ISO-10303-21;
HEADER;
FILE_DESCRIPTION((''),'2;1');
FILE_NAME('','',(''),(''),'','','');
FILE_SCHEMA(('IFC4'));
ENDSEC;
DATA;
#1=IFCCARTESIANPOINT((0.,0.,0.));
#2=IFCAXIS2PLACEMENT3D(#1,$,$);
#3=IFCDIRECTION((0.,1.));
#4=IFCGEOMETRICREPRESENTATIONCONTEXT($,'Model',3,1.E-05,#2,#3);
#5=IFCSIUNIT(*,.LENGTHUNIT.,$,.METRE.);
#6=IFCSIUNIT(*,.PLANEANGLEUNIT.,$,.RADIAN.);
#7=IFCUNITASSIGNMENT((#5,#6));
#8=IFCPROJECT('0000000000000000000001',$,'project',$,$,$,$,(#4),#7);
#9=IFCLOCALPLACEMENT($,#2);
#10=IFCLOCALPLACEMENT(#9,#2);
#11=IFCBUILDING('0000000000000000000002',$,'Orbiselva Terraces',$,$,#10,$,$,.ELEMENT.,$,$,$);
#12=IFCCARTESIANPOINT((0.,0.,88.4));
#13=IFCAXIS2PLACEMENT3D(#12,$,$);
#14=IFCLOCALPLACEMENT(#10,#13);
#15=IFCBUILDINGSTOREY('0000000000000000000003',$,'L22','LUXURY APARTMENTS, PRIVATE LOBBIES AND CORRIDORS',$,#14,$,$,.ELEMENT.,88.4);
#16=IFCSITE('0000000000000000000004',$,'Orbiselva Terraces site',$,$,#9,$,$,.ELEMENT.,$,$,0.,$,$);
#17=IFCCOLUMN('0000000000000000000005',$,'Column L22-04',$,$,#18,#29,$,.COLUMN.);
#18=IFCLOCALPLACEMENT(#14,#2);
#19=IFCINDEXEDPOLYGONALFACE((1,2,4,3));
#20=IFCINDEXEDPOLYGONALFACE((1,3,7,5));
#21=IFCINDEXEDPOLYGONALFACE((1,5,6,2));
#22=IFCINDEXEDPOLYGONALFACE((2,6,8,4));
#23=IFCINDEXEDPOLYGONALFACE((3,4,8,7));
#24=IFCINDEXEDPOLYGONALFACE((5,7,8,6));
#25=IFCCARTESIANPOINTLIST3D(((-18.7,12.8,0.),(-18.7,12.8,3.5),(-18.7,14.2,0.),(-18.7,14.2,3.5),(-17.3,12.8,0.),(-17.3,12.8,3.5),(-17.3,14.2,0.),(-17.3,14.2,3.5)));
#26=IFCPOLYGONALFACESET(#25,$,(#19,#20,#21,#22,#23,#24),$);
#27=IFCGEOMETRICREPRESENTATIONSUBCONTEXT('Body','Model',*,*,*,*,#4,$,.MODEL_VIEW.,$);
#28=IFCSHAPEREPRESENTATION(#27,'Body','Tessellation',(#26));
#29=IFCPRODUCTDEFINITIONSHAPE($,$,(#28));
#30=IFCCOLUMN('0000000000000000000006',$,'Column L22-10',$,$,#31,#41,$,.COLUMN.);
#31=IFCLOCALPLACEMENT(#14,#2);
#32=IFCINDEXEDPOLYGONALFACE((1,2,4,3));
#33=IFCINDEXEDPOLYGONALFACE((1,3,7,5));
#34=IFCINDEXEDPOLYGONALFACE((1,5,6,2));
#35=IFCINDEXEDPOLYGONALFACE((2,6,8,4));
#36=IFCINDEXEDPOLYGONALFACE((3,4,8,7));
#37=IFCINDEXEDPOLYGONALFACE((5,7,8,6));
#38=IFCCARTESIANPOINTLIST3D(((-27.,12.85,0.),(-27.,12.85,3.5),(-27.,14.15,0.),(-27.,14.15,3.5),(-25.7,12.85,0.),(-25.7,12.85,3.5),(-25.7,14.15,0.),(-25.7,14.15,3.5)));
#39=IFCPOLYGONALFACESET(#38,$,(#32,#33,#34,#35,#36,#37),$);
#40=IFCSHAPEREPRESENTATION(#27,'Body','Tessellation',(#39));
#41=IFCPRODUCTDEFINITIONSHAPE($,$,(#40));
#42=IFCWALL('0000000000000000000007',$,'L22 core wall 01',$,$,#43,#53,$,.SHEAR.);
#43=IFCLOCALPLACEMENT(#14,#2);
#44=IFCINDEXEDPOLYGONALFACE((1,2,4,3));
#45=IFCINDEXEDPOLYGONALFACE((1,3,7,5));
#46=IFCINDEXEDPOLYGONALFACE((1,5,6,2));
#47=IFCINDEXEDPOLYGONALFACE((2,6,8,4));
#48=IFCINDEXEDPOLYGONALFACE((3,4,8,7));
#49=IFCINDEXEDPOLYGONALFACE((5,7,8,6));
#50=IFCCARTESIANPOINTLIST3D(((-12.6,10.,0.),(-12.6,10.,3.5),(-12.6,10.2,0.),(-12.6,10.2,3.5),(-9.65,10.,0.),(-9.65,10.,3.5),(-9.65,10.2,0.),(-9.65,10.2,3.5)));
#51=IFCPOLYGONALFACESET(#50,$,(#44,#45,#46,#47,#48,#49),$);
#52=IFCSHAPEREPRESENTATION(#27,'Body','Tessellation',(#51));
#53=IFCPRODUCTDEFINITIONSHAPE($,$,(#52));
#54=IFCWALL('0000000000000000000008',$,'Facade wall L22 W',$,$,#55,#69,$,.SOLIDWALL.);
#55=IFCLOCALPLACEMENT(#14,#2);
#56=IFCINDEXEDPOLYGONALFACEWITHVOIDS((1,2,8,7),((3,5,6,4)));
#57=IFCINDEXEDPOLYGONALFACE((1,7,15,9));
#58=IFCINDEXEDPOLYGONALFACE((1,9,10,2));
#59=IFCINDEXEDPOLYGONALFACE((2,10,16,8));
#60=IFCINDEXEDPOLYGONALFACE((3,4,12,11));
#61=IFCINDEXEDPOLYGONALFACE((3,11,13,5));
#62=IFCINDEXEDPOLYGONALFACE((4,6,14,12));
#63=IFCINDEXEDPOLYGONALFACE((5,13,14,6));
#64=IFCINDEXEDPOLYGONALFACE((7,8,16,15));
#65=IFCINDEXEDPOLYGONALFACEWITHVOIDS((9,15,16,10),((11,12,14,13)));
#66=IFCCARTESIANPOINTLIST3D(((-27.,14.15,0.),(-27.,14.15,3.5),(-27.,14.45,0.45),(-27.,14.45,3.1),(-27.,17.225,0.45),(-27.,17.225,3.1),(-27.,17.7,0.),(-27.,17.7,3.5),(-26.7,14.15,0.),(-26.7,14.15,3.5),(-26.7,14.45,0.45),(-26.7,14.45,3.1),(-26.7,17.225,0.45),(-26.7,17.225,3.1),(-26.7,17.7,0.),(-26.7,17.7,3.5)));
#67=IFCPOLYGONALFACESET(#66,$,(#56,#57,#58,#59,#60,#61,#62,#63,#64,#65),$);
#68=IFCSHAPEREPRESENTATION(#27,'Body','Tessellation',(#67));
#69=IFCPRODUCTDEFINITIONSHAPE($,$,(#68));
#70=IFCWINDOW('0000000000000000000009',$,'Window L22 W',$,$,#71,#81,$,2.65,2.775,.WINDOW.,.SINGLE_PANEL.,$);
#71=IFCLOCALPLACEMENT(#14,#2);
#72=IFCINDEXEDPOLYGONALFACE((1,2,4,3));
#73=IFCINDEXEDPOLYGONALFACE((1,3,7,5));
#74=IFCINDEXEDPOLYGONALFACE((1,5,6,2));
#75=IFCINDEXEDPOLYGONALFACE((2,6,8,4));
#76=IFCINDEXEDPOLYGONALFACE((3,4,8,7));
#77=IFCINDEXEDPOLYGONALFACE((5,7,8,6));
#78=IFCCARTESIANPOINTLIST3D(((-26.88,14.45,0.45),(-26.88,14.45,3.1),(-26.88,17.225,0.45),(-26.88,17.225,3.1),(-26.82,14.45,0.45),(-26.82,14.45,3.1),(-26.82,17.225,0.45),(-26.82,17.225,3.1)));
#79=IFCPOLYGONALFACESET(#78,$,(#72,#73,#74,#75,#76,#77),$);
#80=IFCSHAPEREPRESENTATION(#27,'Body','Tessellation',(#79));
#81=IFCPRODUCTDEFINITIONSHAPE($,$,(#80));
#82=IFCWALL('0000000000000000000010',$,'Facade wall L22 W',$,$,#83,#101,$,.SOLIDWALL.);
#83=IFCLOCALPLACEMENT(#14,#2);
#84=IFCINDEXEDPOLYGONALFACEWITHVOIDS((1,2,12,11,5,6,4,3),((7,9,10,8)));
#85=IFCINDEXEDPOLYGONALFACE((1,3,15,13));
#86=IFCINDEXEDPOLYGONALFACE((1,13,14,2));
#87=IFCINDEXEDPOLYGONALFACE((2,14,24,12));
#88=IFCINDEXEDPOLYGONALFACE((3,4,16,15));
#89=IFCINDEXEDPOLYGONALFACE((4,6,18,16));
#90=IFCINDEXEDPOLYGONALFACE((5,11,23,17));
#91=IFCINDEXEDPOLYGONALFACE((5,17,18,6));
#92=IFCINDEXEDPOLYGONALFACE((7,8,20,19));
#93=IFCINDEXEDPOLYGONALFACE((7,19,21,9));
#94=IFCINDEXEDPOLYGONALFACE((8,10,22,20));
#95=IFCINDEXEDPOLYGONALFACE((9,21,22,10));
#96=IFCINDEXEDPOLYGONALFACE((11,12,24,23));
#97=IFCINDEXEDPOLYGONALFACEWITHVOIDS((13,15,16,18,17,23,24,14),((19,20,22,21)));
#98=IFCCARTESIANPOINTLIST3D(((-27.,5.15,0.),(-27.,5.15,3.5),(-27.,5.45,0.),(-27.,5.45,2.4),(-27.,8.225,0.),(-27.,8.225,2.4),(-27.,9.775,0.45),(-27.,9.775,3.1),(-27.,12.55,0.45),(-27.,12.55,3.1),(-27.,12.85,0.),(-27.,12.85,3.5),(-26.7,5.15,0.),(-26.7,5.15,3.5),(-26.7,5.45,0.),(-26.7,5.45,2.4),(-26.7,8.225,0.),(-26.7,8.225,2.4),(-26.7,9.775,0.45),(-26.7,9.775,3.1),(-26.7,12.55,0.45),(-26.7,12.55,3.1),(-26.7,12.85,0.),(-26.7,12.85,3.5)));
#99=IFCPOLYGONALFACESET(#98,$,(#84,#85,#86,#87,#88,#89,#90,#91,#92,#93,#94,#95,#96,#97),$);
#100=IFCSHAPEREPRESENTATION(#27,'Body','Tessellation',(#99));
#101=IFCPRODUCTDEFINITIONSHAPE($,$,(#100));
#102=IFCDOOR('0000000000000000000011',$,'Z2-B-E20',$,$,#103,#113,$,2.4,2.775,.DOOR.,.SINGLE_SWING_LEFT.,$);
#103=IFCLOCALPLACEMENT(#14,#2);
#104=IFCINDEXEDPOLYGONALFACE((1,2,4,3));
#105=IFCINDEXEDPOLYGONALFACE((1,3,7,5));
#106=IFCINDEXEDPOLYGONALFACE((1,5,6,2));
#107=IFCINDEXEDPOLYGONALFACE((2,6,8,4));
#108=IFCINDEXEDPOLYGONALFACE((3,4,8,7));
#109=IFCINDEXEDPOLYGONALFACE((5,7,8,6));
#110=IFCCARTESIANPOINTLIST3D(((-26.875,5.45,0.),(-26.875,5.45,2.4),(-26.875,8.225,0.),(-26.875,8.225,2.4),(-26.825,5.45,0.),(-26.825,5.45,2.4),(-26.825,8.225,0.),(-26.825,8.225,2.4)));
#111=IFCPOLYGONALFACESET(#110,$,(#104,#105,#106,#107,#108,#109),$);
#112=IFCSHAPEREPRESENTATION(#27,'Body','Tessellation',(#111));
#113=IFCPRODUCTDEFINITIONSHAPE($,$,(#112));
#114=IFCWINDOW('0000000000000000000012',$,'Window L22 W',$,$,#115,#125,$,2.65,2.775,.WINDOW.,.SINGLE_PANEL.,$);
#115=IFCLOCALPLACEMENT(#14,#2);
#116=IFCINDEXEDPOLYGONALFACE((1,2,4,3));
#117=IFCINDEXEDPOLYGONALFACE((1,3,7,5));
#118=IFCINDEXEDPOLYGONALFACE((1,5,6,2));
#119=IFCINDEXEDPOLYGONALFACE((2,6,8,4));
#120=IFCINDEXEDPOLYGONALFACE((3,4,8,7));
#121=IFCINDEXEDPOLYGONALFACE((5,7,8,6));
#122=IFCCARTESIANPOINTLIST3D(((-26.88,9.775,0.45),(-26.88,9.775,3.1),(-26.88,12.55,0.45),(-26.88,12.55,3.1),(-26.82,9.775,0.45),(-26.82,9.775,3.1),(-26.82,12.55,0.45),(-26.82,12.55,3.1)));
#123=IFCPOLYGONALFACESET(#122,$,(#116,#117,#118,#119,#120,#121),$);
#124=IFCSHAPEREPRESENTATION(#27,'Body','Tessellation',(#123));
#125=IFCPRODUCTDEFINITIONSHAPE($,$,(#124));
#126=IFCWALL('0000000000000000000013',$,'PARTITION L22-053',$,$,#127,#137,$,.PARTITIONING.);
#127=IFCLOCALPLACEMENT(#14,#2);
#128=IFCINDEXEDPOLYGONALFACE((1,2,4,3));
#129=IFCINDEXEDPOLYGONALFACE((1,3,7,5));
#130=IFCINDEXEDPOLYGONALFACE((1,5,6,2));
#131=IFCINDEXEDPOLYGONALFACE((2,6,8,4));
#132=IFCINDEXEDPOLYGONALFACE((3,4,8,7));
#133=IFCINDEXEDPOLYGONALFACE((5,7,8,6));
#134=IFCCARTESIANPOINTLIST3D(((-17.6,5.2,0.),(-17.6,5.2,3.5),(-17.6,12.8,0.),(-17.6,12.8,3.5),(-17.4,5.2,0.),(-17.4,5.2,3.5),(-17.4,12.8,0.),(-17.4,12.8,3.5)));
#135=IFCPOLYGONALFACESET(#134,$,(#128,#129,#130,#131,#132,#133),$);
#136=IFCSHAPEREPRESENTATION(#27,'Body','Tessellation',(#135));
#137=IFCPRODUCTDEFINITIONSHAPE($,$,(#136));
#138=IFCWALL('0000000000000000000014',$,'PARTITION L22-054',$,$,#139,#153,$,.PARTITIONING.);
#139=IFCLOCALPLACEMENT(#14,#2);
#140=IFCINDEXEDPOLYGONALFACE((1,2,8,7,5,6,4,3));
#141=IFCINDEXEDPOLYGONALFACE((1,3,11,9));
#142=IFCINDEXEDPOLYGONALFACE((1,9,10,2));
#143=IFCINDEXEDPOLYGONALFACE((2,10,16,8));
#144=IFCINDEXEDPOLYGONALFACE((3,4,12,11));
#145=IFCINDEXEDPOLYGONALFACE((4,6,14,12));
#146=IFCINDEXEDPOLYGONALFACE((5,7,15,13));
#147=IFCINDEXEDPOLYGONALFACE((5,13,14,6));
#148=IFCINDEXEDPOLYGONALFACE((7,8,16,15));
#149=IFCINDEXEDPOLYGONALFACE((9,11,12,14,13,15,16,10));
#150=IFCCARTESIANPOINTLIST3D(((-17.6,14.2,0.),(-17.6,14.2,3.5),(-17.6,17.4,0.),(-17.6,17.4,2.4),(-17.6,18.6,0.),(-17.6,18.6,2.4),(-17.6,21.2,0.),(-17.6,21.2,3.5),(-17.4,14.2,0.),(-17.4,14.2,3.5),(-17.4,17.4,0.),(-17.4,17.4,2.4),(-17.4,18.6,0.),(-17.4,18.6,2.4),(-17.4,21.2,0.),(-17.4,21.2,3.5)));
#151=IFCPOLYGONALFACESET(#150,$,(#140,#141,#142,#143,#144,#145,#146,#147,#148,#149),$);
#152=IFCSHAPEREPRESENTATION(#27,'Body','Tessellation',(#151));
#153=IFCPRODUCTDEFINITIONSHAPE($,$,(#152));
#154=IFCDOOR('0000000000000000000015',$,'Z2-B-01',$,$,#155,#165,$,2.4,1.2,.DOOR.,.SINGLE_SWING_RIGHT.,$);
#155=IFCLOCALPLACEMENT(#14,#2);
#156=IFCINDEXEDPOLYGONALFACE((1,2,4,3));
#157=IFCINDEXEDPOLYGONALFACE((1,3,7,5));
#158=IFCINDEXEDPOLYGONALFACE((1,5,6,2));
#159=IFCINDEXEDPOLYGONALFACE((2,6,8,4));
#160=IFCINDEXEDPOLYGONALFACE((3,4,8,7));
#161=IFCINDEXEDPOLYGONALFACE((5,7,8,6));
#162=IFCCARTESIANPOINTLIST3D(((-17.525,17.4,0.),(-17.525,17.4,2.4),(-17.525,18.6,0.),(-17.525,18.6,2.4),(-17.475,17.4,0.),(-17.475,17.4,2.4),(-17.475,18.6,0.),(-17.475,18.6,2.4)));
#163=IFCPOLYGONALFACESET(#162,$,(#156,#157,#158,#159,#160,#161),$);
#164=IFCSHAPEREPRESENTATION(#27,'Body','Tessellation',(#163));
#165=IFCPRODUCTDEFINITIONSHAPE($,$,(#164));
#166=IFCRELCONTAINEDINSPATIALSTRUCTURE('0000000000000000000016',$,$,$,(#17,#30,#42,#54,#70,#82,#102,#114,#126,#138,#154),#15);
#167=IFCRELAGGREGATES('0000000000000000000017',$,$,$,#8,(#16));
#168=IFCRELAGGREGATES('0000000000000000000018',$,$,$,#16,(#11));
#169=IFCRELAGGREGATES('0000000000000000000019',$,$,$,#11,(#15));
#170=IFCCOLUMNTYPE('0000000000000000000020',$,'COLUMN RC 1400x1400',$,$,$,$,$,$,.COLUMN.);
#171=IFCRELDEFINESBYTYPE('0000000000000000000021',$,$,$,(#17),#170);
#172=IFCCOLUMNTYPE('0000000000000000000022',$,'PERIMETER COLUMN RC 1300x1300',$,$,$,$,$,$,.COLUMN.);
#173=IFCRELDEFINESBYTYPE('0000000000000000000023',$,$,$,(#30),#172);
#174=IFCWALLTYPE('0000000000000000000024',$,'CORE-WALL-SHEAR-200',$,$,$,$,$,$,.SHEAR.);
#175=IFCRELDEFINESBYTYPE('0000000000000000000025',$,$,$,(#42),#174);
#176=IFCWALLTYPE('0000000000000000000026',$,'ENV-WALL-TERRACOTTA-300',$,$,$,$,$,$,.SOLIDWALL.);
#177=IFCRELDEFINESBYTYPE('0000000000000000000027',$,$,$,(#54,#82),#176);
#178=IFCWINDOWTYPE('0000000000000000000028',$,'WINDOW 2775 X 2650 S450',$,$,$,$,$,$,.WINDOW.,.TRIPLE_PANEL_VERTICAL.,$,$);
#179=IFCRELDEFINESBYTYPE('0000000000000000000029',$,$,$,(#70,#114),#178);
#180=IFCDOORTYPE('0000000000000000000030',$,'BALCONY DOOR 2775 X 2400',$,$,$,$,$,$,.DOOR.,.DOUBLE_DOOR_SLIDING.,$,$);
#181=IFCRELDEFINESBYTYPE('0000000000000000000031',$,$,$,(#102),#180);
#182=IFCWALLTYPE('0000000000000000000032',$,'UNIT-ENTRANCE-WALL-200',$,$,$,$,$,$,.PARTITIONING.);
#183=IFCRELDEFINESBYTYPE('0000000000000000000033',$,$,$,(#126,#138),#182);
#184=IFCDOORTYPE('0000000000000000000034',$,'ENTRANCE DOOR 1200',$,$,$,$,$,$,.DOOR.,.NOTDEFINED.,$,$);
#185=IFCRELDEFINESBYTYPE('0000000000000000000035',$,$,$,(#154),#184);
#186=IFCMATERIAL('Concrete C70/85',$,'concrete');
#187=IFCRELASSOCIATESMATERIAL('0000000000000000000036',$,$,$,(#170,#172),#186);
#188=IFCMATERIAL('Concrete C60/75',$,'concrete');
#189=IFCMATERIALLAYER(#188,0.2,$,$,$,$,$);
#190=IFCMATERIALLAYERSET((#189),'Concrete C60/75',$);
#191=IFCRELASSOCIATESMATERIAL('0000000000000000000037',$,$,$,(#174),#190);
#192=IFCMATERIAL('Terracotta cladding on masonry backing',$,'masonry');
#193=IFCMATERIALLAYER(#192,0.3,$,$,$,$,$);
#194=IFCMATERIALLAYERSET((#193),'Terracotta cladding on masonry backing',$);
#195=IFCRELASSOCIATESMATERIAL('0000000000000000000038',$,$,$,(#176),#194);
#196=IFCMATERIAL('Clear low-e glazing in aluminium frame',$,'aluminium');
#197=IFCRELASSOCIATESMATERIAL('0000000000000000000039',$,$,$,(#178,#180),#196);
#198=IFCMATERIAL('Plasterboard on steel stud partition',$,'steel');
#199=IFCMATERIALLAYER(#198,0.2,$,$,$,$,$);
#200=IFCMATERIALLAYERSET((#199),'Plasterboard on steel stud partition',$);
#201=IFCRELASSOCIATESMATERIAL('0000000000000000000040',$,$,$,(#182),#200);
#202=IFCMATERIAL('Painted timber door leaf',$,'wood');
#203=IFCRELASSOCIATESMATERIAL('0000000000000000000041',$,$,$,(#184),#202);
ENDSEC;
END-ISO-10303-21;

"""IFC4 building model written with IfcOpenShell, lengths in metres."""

from ifc_helpers import new_model, si_unit, direction, frame, frame_2d, origin, origin_2d, place, context, subcontext, project, spatial, rectangle, extrude, material, layer, layer_set, material_profile, profile_set, type_object, element, fill, save


model = new_model("IFC4")

# Units and contexts
model_context = context("Model", 3, precision=1e-05, world=origin(), true_north=direction((0.0, 1.0)))
body_context = subcontext(model_context, "Body", "Model", "MODEL_VIEW")
ifc_project = project(units=[si_unit("LENGTHUNIT", "METRE"), si_unit("PLANEANGLEUNIT", "RADIAN")], contexts=[model_context])

# Site, building, storey
site_placement = place(None, origin())
site = spatial("IfcSite", under=ifc_project, at=site_placement, Name="Orbiselva Terraces site", CompositionType="ELEMENT", RefElevation=0.0)
building_placement = place(site_placement, origin())
building = spatial("IfcBuilding", under=site, at=building_placement, Name="Orbiselva Terraces", CompositionType="ELEMENT")
storey_placement = place(building_placement, frame((0.0, 0.0, 88.4)))
storey = spatial("IfcBuildingStorey", under=building, at=storey_placement, Name="L22", Description="LUXURY APARTMENTS, PRIVATE LOBBIES AND CORRIDORS", CompositionType="ELEMENT", Elevation=88.4)

# Columns
ifc_material_1 = material(Name="Concrete C70/85", Category="concrete")
ifc_material_profile_1 = material_profile(ifc_material_1, rectangle(XDim=1.4, YDim=1.4, at=origin_2d()), Name="RC 1400x1400")
ifc_profile_set_1 = profile_set([ifc_material_profile_1], Name="Concrete C70/85")
column_type_1 = type_object("IfcColumnType", Name="COLUMN RC 1400x1400", PredefinedType="COLUMN", material=ifc_profile_set_1)
column_1_placement = place(storey_placement, frame((-18.0, 13.5, 0.0), z_axis=(0.0, 0.0, 1.0), x_axis=(1.0, 0.0, 0.0)))
element("IfcColumn", 1, at=column_1_placement, inside=storey, type_object=column_type_1, Name="Column L22-04", PredefinedType="COLUMN", context=body_context, shape_type="SweptSolid", body=[
    extrude(rectangle(XDim=1.4, YDim=1.4, at=origin_2d()), origin(), (0.0, 0.0, 1.0), 3.5),
])
ifc_material_profile_2 = material_profile(ifc_material_1, rectangle(XDim=1.3, YDim=1.3, at=origin_2d()), Name="RC 1300x1300")
ifc_profile_set_2 = profile_set([ifc_material_profile_2], Name="Concrete C70/85")
column_type_2 = type_object("IfcColumnType", Name="PERIMETER COLUMN RC 1300x1300", PredefinedType="COLUMN", material=ifc_profile_set_2)
column_2_placement = place(storey_placement, frame((-26.35, 13.5, 0.0), z_axis=(0.0, 0.0, 1.0), x_axis=(1.0, 0.0, 0.0)))
element("IfcColumn", 2, at=column_2_placement, inside=storey, type_object=column_type_2, Name="Column L22-10", PredefinedType="COLUMN", context=body_context, shape_type="SweptSolid", body=[
    extrude(rectangle(XDim=1.3, YDim=1.3, at=origin_2d()), origin(), (0.0, 0.0, 1.0), 3.5),
])

# Wall
ifc_material_2 = material(Name="Concrete C60/75", Category="concrete")
ifc_layer_1 = layer(ifc_material_2, 0.2)
ifc_layer_set_1 = layer_set([ifc_layer_1], Name="Concrete C60/75")
wall_type_1 = type_object("IfcWallType", Name="CORE-WALL-SHEAR-200", PredefinedType="SHEAR", material=ifc_layer_set_1)
wall_1_placement = place(storey_placement, frame((-12.6, 10.1, 0.0), z_axis=(0.0, 0.0, 1.0), x_axis=(1.0, 0.0, 0.0)))
element("IfcWall", 3, at=wall_1_placement, inside=storey, type_object=wall_type_1, Name="L22 core wall 01", PredefinedType="SHEAR", context=body_context, shape_type="SweptSolid", body=[
    extrude(rectangle(XDim=2.95, YDim=0.2, at=frame_2d((1.475, 0.0))), origin(), (0.0, 0.0, 1.0), 3.5),
])

# Wall, opening, window
ifc_material_3 = material(Name="Terracotta cladding on masonry backing", Category="masonry")
ifc_layer_2 = layer(ifc_material_3, 0.3)
ifc_layer_set_2 = layer_set([ifc_layer_2], Name="Terracotta cladding on masonry backing")
wall_type_2 = type_object("IfcWallType", Name="ENV-WALL-TERRACOTTA-300", PredefinedType="SOLIDWALL", material=ifc_layer_set_2)
wall_2_placement = place(storey_placement, frame((-26.85, 14.15, 0.0), z_axis=(0.0, 0.0, 1.0), x_axis=(0.0, 1.0, 0.0)))
wall_2 = element("IfcWall", 4, at=wall_2_placement, inside=storey, type_object=wall_type_2, Name="Facade wall L22 W", PredefinedType="SOLIDWALL", context=body_context, shape_type="SweptSolid", body=[
    extrude(rectangle(XDim=3.55, YDim=0.3, at=frame_2d((1.775, 0.0))), origin(), (0.0, 0.0, 1.0), 3.5),
])
opening_1_placement = place(wall_2_placement, frame((0.3, 0.0, 0.45)))
opening_1 = element("IfcOpeningElement", 5, at=opening_1_placement, cuts=wall_2, PredefinedType="OPENING", context=body_context, shape_type="SweptSolid", body=[
    extrude(rectangle(XDim=2.775, YDim=2.65, at=frame_2d((1.3875, 1.325))), frame((0.0, 0.16, 0.0), z_axis=(0.0, -1.0, 0.0), x_axis=(1.0, 0.0, 0.0)), (0.0, 0.0, 1.0), 0.32),
])
ifc_material_4 = material(Name="Clear low-e glazing in aluminium frame", Category="aluminium")
window_type = type_object("IfcWindowType", Name="WINDOW 2775 X 2650 S450", PartitioningType="TRIPLE_PANEL_VERTICAL", PredefinedType="WINDOW", material=ifc_material_4)
window_1_placement = place(opening_1_placement, origin())
window_1 = element("IfcWindow", 6, at=window_1_placement, inside=storey, type_object=window_type, Name="Window L22 W", OverallHeight=2.65, OverallWidth=2.775, PartitioningType="SINGLE_PANEL", PredefinedType="WINDOW", context=body_context, shape_type="SweptSolid", body=[
    extrude(rectangle(XDim=2.775, YDim=2.65, at=frame_2d((1.3875, 1.325))), frame((0.0, 0.03, 0.0), z_axis=(0.0, -1.0, 0.0), x_axis=(1.0, 0.0, 0.0)), (0.0, 0.0, 1.0), 0.06),
])
fill(opening_1, window_1)

# Wall, openings, door, window
wall_3_placement = place(storey_placement, frame((-26.85, 5.15, 0.0), z_axis=(0.0, 0.0, 1.0), x_axis=(0.0, 1.0, 0.0)))
wall_3 = element("IfcWall", 7, at=wall_3_placement, inside=storey, type_object=wall_type_2, Name="Facade wall L22 W", PredefinedType="SOLIDWALL", context=body_context, shape_type="SweptSolid", body=[
    extrude(rectangle(XDim=7.7, YDim=0.3, at=frame_2d((3.85, 0.0))), origin(), (0.0, 0.0, 1.0), 3.5),
])
opening_2_placement = place(wall_3_placement, frame((4.625, 0.0, 0.45)))
opening_2 = element("IfcOpeningElement", 8, at=opening_2_placement, cuts=wall_3, PredefinedType="OPENING", context=body_context, shape_type="SweptSolid", body=[
    extrude(rectangle(XDim=2.775, YDim=2.65, at=frame_2d((1.3875, 1.325))), frame((0.0, 0.16, 0.0), z_axis=(0.0, -1.0, 0.0), x_axis=(1.0, 0.0, 0.0)), (0.0, 0.0, 1.0), 0.32),
])
opening_3_placement = place(wall_3_placement, frame((0.3, 0.0, 0.0)))
opening_3 = element("IfcOpeningElement", 9, at=opening_3_placement, cuts=wall_3, PredefinedType="OPENING", context=body_context, shape_type="SweptSolid", body=[
    extrude(rectangle(XDim=2.775, YDim=2.4, at=frame_2d((1.3875, 1.2))), frame((0.0, 0.16, 0.0), z_axis=(0.0, -1.0, 0.0), x_axis=(1.0, 0.0, 0.0)), (0.0, 0.0, 1.0), 0.32),
])
door_type_1 = type_object("IfcDoorType", Name="BALCONY DOOR 2775 X 2400", OperationType="DOUBLE_DOOR_SLIDING", PredefinedType="DOOR", material=ifc_material_4)
door_1_placement = place(opening_3_placement, origin())
door_1 = element("IfcDoor", 10, at=door_1_placement, inside=storey, type_object=door_type_1, Name="Z2-B-E20", OperationType="SINGLE_SWING_LEFT", OverallHeight=2.4, OverallWidth=2.775, PredefinedType="DOOR", context=body_context, shape_type="SweptSolid", body=[
    extrude(rectangle(XDim=2.775, YDim=2.4, at=frame_2d((1.3875, 1.2))), frame((0.0, 0.025, 0.0), z_axis=(0.0, -1.0, 0.0), x_axis=(1.0, 0.0, 0.0)), (0.0, 0.0, 1.0), 0.05),
])
fill(opening_3, door_1)
window_2_placement = place(opening_2_placement, origin())
window_2 = element("IfcWindow", 11, at=window_2_placement, inside=storey, type_object=window_type, Name="Window L22 W", OverallHeight=2.65, OverallWidth=2.775, PartitioningType="SINGLE_PANEL", PredefinedType="WINDOW", context=body_context, shape_type="SweptSolid", body=[
    extrude(rectangle(XDim=2.775, YDim=2.65, at=frame_2d((1.3875, 1.325))), frame((0.0, 0.03, 0.0), z_axis=(0.0, -1.0, 0.0), x_axis=(1.0, 0.0, 0.0)), (0.0, 0.0, 1.0), 0.06),
])
fill(opening_2, window_2)

# Wall
ifc_material_5 = material(Name="Plasterboard on steel stud partition", Category="steel")
ifc_layer_3 = layer(ifc_material_5, 0.2)
ifc_layer_set_3 = layer_set([ifc_layer_3], Name="Plasterboard on steel stud partition")
wall_type_3 = type_object("IfcWallType", Name="UNIT-ENTRANCE-WALL-200", PredefinedType="PARTITIONING", material=ifc_layer_set_3)
wall_4_placement = place(storey_placement, frame((-17.5, 5.2, 0.0), z_axis=(0.0, 0.0, 1.0), x_axis=(0.0, 1.0, 0.0)))
element("IfcWall", 12, at=wall_4_placement, inside=storey, type_object=wall_type_3, Name="PARTITION L22-053", PredefinedType="PARTITIONING", context=body_context, shape_type="SweptSolid", body=[
    extrude(rectangle(XDim=7.6, YDim=0.2, at=frame_2d((3.8, 0.0))), origin(), (0.0, 0.0, 1.0), 3.5),
])

# Wall, opening, door
wall_5_placement = place(storey_placement, frame((-17.5, 14.2, 0.0), z_axis=(0.0, 0.0, 1.0), x_axis=(0.0, 1.0, 0.0)))
wall_5 = element("IfcWall", 13, at=wall_5_placement, inside=storey, type_object=wall_type_3, Name="PARTITION L22-054", PredefinedType="PARTITIONING", context=body_context, shape_type="SweptSolid", body=[
    extrude(rectangle(XDim=7.0, YDim=0.2, at=frame_2d((3.5, 0.0))), origin(), (0.0, 0.0, 1.0), 3.5),
])
opening_4_placement = place(wall_5_placement, frame((3.2, 0.0, 0.0)))
opening_4 = element("IfcOpeningElement", 14, at=opening_4_placement, cuts=wall_5, PredefinedType="OPENING", context=body_context, shape_type="SweptSolid", body=[
    extrude(rectangle(XDim=1.2, YDim=2.4, at=frame_2d((0.6, 1.2))), frame((0.0, 0.11, 0.0), z_axis=(0.0, -1.0, 0.0), x_axis=(1.0, 0.0, 0.0)), (0.0, 0.0, 1.0), 0.22),
])
ifc_material_6 = material(Name="Painted timber door leaf", Category="wood")
door_type_2 = type_object("IfcDoorType", Name="ENTRANCE DOOR 1200", OperationType="NOTDEFINED", PredefinedType="DOOR", material=ifc_material_6)
door_2_placement = place(opening_4_placement, origin())
door_2 = element("IfcDoor", 15, at=door_2_placement, inside=storey, type_object=door_type_2, Name="Z2-B-01", OperationType="SINGLE_SWING_RIGHT", OverallHeight=2.4, OverallWidth=1.2, PredefinedType="DOOR", context=body_context, shape_type="SweptSolid", body=[
    extrude(rectangle(XDim=1.2, YDim=2.4, at=frame_2d((0.6, 1.2))), frame((0.0, 0.025, 0.0), z_axis=(0.0, -1.0, 0.0), x_axis=(1.0, 0.0, 0.0)), (0.0, 0.0, 1.0), 0.05),
])
fill(opening_4, door_2)

save(model, "model.ifc")
